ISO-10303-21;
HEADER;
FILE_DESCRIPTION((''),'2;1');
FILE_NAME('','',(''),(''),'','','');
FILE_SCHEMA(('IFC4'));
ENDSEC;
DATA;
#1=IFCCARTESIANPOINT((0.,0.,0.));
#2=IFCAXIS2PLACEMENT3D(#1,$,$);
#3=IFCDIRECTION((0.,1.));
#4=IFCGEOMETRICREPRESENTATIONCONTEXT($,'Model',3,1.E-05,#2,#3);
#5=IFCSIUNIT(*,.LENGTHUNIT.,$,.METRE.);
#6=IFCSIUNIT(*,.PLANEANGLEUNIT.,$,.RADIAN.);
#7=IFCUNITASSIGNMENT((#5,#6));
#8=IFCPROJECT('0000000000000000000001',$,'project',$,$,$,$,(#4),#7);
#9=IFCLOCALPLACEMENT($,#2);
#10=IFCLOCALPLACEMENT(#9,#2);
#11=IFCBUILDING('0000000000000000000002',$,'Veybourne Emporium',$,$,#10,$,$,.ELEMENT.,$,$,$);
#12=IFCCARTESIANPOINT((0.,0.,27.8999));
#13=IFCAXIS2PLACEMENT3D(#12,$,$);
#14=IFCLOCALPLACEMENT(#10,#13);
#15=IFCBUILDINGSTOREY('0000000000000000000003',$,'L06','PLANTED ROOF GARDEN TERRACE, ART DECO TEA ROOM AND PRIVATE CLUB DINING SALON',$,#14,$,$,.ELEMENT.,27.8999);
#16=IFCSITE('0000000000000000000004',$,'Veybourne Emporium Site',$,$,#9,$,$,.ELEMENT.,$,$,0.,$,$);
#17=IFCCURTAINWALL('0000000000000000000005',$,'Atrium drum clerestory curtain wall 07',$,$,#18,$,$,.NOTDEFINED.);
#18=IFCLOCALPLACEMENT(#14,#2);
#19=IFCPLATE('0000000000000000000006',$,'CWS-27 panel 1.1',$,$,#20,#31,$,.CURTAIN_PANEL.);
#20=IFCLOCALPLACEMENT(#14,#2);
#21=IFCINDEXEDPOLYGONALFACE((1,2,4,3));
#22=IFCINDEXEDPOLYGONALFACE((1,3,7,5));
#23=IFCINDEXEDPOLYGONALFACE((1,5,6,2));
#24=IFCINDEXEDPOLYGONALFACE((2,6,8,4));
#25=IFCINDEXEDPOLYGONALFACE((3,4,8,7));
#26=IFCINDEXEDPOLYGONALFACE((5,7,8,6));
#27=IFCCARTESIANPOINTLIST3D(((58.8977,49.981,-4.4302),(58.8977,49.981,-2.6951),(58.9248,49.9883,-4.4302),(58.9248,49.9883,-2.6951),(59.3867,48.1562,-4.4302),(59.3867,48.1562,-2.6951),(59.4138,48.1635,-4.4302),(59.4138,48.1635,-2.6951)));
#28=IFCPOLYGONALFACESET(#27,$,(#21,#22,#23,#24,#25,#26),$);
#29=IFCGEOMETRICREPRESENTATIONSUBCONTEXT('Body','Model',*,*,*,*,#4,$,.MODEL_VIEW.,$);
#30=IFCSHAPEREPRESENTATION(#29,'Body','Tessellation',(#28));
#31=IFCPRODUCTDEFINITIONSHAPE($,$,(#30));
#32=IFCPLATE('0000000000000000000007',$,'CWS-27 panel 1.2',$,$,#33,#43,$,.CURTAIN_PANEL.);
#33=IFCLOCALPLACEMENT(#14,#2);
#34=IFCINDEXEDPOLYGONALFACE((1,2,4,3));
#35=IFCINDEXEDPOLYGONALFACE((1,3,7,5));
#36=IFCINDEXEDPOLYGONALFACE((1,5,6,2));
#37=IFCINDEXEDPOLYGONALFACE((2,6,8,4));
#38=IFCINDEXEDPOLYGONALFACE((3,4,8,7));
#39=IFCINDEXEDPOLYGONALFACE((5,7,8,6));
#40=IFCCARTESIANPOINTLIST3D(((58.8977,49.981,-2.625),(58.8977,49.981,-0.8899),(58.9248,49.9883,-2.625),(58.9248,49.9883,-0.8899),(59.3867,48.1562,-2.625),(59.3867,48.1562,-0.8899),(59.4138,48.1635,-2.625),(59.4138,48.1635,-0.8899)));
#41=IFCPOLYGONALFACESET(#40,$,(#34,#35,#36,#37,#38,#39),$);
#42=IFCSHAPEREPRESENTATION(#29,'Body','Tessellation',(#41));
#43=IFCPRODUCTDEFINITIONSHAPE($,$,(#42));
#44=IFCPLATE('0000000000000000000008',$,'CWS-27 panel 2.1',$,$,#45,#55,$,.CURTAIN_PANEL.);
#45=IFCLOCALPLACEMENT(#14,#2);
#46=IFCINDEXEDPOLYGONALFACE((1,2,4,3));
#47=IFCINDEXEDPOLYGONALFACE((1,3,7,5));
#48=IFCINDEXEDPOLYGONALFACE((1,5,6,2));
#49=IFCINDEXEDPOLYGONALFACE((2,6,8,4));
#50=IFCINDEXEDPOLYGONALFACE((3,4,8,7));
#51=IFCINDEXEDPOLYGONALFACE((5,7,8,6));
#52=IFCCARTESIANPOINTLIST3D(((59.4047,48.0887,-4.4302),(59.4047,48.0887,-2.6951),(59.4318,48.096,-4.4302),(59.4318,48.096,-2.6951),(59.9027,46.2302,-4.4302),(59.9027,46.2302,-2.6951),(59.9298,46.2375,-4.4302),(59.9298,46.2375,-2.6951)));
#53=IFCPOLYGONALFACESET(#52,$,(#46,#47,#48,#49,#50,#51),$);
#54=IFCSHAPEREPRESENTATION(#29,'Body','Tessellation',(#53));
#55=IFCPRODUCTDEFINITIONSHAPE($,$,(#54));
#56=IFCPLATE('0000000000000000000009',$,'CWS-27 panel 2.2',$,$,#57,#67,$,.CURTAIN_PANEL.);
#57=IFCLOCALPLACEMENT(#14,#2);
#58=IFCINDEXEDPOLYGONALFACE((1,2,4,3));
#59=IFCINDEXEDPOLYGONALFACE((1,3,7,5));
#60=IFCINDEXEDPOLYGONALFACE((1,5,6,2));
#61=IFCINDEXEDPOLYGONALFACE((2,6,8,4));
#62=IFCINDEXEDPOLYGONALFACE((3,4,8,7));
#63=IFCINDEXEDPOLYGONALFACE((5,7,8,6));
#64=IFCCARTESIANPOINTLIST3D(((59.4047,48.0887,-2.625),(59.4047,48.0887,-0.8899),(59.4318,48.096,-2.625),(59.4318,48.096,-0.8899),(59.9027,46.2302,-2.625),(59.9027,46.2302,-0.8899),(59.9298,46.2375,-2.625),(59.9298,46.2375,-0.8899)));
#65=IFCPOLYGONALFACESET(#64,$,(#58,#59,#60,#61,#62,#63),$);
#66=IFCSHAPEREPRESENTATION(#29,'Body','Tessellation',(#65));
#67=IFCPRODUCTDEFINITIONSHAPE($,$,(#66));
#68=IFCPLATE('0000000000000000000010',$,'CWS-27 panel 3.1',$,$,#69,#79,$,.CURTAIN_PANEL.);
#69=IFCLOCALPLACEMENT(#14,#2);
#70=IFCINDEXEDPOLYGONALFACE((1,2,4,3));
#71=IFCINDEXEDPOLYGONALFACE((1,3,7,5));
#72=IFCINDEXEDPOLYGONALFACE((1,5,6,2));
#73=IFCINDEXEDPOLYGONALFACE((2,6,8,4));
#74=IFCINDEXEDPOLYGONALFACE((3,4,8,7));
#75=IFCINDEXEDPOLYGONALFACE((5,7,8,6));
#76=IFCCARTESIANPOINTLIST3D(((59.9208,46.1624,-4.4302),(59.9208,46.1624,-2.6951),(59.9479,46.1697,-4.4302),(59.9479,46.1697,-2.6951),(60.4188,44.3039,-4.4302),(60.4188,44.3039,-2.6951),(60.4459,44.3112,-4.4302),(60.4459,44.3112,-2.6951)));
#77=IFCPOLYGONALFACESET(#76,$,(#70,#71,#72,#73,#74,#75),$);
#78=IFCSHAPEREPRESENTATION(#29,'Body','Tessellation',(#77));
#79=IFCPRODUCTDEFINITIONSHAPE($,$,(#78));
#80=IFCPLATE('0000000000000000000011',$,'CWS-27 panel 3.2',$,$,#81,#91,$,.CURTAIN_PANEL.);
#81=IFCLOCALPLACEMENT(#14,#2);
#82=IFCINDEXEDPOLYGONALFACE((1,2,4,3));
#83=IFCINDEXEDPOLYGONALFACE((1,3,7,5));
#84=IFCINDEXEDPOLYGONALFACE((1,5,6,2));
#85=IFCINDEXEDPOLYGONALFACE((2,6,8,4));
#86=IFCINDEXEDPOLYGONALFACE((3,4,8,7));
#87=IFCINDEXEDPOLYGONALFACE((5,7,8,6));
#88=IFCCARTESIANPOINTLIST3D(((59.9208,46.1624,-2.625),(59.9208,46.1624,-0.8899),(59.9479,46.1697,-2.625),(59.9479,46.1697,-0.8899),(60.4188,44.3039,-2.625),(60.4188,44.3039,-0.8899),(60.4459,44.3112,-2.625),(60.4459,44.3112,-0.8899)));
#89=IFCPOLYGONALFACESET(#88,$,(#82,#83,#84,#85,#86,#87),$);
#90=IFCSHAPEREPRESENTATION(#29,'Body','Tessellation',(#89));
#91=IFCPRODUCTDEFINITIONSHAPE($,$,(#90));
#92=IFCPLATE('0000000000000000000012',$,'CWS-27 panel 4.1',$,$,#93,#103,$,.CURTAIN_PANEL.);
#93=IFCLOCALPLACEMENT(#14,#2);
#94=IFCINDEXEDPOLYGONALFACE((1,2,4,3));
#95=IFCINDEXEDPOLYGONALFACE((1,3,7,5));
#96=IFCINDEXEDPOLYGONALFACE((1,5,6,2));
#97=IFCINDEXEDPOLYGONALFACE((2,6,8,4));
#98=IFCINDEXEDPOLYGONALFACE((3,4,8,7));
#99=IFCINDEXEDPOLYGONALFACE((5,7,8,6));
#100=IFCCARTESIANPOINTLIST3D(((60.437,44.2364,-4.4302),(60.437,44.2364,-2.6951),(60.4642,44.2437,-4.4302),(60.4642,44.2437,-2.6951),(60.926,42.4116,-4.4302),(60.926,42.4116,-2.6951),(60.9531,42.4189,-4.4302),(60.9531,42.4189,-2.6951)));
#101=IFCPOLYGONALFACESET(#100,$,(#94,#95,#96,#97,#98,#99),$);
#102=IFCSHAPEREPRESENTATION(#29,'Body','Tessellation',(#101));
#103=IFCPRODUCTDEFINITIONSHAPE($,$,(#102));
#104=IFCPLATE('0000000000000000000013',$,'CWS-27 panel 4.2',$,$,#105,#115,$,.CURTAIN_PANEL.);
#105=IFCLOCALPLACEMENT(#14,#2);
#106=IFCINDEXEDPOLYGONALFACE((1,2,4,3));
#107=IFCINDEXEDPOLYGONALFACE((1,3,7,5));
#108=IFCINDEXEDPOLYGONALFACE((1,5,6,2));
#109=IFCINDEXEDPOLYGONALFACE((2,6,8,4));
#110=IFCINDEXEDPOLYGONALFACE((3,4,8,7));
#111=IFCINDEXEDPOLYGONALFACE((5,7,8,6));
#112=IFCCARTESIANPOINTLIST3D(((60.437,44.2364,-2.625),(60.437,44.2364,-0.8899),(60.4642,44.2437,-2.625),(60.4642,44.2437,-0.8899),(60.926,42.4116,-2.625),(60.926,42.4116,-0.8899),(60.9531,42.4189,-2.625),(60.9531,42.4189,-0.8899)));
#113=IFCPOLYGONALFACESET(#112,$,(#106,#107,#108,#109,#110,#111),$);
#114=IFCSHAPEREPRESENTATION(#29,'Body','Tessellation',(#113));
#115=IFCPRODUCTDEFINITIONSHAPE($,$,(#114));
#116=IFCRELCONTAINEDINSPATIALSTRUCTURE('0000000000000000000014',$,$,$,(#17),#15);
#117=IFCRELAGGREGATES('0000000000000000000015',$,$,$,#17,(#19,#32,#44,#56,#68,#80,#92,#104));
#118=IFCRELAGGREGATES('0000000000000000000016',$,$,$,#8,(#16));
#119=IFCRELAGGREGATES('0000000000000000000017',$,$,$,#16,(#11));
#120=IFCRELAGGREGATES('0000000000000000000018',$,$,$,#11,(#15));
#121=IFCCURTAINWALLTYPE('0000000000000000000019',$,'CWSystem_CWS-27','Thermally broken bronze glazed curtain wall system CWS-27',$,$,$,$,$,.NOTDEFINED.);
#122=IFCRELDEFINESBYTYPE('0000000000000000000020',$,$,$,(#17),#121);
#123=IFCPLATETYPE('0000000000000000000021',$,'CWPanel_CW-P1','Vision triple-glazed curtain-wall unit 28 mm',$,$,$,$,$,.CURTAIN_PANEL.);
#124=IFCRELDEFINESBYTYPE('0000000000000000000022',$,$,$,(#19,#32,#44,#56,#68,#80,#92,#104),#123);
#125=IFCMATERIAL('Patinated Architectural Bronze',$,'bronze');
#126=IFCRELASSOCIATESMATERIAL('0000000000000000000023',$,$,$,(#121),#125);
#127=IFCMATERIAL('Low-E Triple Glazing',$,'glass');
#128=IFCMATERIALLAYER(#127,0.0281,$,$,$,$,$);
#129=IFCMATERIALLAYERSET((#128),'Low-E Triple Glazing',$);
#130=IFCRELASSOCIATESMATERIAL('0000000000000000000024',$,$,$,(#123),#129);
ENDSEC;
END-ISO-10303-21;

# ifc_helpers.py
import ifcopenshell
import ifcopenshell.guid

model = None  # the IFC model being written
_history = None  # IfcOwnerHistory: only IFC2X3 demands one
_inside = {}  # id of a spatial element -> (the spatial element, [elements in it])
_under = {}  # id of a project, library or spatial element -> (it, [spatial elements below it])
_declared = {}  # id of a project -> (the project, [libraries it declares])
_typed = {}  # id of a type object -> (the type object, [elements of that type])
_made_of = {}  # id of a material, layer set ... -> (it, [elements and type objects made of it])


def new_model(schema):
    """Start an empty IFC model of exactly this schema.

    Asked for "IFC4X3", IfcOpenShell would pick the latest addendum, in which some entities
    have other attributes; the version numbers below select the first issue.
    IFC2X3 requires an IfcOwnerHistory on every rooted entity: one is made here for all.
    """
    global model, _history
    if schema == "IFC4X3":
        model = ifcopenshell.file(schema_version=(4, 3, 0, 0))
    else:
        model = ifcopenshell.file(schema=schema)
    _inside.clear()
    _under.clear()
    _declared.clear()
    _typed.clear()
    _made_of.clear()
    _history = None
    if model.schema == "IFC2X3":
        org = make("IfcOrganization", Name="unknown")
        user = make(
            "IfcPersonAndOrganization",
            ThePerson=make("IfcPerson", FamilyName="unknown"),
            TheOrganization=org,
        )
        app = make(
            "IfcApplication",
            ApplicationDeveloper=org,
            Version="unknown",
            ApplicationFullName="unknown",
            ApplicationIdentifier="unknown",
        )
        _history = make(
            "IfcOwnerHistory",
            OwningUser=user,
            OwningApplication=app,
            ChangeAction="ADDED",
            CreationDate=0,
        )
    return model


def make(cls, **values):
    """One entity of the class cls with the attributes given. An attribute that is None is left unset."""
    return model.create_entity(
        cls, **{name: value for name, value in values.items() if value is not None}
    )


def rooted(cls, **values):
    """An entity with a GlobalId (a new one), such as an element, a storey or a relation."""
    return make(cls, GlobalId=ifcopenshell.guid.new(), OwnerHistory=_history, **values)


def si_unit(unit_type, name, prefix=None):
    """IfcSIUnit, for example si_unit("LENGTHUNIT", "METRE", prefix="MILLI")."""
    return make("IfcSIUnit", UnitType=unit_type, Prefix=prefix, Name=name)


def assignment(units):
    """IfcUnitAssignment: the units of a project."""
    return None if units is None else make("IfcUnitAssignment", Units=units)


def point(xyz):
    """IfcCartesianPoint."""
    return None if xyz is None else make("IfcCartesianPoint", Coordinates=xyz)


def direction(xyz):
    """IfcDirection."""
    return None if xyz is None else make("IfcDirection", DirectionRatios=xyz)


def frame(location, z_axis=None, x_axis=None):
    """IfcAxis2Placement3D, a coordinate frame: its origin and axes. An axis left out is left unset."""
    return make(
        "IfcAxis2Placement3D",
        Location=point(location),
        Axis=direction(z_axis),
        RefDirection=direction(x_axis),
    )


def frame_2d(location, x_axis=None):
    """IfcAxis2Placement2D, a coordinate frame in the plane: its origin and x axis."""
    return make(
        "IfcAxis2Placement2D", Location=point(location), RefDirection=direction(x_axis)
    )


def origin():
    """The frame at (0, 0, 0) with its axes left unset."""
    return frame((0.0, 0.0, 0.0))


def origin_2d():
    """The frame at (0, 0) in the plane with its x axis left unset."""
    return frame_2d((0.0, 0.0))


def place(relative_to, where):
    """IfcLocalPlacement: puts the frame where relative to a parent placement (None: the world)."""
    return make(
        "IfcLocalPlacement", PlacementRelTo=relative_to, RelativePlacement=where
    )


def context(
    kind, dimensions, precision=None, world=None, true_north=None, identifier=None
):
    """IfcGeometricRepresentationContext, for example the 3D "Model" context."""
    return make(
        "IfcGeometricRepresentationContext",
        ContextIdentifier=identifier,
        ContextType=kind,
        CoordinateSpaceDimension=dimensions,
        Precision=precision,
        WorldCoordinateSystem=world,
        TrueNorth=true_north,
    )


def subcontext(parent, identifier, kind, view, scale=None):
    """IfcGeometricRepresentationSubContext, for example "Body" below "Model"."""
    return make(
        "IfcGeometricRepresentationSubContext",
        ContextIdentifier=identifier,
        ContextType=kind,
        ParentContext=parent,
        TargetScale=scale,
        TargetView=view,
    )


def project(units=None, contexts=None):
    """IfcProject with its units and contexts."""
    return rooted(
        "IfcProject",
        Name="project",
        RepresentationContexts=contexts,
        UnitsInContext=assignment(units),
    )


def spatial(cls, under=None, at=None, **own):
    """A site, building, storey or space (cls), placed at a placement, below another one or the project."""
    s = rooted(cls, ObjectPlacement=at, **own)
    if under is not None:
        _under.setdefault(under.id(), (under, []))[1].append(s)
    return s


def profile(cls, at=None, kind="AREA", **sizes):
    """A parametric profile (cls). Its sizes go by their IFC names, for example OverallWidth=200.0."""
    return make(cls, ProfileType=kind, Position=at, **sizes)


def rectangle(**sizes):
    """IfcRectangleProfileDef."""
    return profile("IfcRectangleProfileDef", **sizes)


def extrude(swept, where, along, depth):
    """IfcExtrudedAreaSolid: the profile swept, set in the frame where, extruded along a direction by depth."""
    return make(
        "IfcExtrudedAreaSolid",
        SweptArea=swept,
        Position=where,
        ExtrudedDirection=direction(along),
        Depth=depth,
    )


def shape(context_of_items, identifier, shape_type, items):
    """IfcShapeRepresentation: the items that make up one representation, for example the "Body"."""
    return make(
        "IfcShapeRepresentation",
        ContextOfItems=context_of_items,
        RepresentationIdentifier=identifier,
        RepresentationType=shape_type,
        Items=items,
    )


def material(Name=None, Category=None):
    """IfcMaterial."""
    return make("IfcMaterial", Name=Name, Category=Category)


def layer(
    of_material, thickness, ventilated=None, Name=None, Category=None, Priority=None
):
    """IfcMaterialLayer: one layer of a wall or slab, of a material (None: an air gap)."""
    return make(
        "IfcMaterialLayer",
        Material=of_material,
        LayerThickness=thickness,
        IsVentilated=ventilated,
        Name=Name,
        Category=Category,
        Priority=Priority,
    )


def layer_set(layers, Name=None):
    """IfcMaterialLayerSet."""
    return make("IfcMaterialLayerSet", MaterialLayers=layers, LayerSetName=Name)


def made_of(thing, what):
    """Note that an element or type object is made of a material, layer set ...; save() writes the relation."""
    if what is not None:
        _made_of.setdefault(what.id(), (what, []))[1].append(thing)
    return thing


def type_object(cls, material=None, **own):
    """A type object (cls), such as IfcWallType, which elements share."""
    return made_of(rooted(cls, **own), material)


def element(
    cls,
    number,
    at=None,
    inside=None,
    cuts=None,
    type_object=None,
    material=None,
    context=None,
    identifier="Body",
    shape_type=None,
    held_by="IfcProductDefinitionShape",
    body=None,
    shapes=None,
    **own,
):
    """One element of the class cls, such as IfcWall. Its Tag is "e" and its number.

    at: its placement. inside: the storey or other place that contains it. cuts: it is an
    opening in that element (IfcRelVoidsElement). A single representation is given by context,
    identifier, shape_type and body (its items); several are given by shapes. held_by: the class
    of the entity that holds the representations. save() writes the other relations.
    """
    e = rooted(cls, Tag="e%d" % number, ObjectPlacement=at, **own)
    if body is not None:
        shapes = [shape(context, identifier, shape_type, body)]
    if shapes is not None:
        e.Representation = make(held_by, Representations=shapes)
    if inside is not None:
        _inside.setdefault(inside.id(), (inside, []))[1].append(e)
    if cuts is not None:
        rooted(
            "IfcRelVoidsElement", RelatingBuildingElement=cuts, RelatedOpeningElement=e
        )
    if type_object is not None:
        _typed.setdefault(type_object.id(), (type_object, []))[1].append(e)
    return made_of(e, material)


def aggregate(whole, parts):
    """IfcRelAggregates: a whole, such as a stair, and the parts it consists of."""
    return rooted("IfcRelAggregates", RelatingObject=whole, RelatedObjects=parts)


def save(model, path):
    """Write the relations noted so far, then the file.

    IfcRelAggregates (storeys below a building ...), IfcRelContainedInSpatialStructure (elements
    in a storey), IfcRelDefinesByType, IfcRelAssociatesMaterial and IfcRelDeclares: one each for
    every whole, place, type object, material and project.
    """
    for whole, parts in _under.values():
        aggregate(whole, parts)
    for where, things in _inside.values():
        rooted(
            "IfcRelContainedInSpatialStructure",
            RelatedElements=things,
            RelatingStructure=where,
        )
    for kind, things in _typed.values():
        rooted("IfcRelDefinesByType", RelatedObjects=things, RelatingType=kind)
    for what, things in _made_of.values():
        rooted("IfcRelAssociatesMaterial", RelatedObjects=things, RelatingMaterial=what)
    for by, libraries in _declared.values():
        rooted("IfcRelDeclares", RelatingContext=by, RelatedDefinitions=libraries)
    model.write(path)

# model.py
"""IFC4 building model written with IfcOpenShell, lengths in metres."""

from ifc_helpers import new_model, si_unit, direction, frame, origin, origin_2d, place, context, subcontext, project, spatial, rectangle, extrude, material, layer, layer_set, type_object, element, aggregate, save


model = new_model("IFC4")

# Units and contexts
model_context = context("Model", 3, precision=1e-05, world=origin(), true_north=direction((0.0, 1.0)))
body_context = subcontext(model_context, "Body", "Model", "MODEL_VIEW")
ifc_project = project(units=[si_unit("LENGTHUNIT", "METRE"), si_unit("PLANEANGLEUNIT", "RADIAN")], contexts=[model_context])

# Site, building, storey
site_placement = place(None, origin())
site = spatial("IfcSite", under=ifc_project, at=site_placement, Name="Veybourne Emporium Site", CompositionType="ELEMENT", RefElevation=0.0)
building_placement = place(site_placement, origin())
building = spatial("IfcBuilding", under=site, at=building_placement, Name="Veybourne Emporium", CompositionType="ELEMENT")
storey_placement = place(building_placement, frame((0.0, 0.0, 27.8999)))
storey = spatial("IfcBuildingStorey", under=building, at=storey_placement, Name="L06", Description="PLANTED ROOF GARDEN TERRACE, ART DECO TEA ROOM AND PRIVATE CLUB DINING SALON", CompositionType="ELEMENT", Elevation=27.8999)

# Curtain wall
ifc_material_1 = material(Name="Patinated Architectural Bronze", Category="bronze")
curtain_wall_type_1 = type_object("IfcCurtainWallType", Name="CWSystem_CWS-27", Description="Thermally broken bronze glazed curtain wall system CWS-27", PredefinedType="NOTDEFINED", material=ifc_material_1)
curtain_wall_1_placement = place(storey_placement, origin())
curtain_wall_1 = element("IfcCurtainWall", 1, at=curtain_wall_1_placement, inside=storey, type_object=curtain_wall_type_1, Name="Atrium drum clerestory curtain wall 07", PredefinedType="NOTDEFINED")

# Plates
ifc_material_2 = material(Name="Low-E Triple Glazing", Category="glass")
ifc_layer = layer(ifc_material_2, 0.0281)
ifc_layer_set = layer_set([ifc_layer], Name="Low-E Triple Glazing")
plate_type = type_object("IfcPlateType", Name="CWPanel_CW-P1", Description="Vision triple-glazed curtain-wall unit 28 mm", PredefinedType="CURTAIN_PANEL", material=ifc_layer_set)
plate_1_placement = place(storey_placement, frame((59.1558, 49.0723, -4.4302), z_axis=(0.0, 0.0, 1.0), x_axis=(0.25882, -0.965926, 0.0)))
plate_1 = element("IfcPlate", 2, at=plate_1_placement, type_object=plate_type, Name="CWS-27 panel 1.1", PredefinedType="CURTAIN_PANEL", context=body_context, shape_type="SweptSolid", body=[
    extrude(rectangle(XDim=1.8892, YDim=0.0281, at=origin_2d()), origin(), (0.0, 0.0, 1.0), 1.7351),
])
plate_2_placement = place(storey_placement, frame((59.1558, 49.0723, -2.625), z_axis=(0.0, 0.0, 1.0), x_axis=(0.25882, -0.965926, 0.0)))
plate_2 = element("IfcPlate", 3, at=plate_2_placement, type_object=plate_type, Name="CWS-27 panel 1.2", PredefinedType="CURTAIN_PANEL", context=body_context, shape_type="SweptSolid", body=[
    extrude(rectangle(XDim=1.8892, YDim=0.0281, at=origin_2d()), origin(), (0.0, 0.0, 1.0), 1.7351),
])
plate_3_placement = place(storey_placement, frame((59.6672, 47.1631, -4.4302), z_axis=(0.0, 0.0, 1.0), x_axis=(0.25882, -0.965926, 0.0)))
plate_3 = element("IfcPlate", 4, at=plate_3_placement, type_object=plate_type, Name="CWS-27 panel 2.1", PredefinedType="CURTAIN_PANEL", context=body_context, shape_type="SweptSolid", body=[
    extrude(rectangle(XDim=1.9241, YDim=0.0281, at=origin_2d()), origin(), (0.0, 0.0, 1.0), 1.7351),
])
plate_4_placement = place(storey_placement, frame((59.6672, 47.1631, -2.625), z_axis=(0.0, 0.0, 1.0), x_axis=(0.25882, -0.965926, 0.0)))
plate_4 = element("IfcPlate", 5, at=plate_4_placement, type_object=plate_type, Name="CWS-27 panel 2.2", PredefinedType="CURTAIN_PANEL", context=body_context, shape_type="SweptSolid", body=[
    extrude(rectangle(XDim=1.9241, YDim=0.0281, at=origin_2d()), origin(), (0.0, 0.0, 1.0), 1.7351),
])
plate_5_placement = place(storey_placement, frame((60.1833, 45.2368, -4.4302), z_axis=(0.0, 0.0, 1.0), x_axis=(0.25882, -0.965926, 0.0)))
plate_5 = element("IfcPlate", 6, at=plate_5_placement, type_object=plate_type, Name="CWS-27 panel 3.1", PredefinedType="CURTAIN_PANEL", context=body_context, shape_type="SweptSolid", body=[
    extrude(rectangle(XDim=1.9241, YDim=0.0281, at=origin_2d()), origin(), (0.0, 0.0, 1.0), 1.7351),
])
plate_6_placement = place(storey_placement, frame((60.1833, 45.2368, -2.625), z_axis=(0.0, 0.0, 1.0), x_axis=(0.25882, -0.965926, 0.0)))
plate_6 = element("IfcPlate", 7, at=plate_6_placement, type_object=plate_type, Name="CWS-27 panel 3.2", PredefinedType="CURTAIN_PANEL", context=body_context, shape_type="SweptSolid", body=[
    extrude(rectangle(XDim=1.9241, YDim=0.0281, at=origin_2d()), origin(), (0.0, 0.0, 1.0), 1.7351),
])
plate_7_placement = place(storey_placement, frame((60.6951, 43.3276, -4.4302), z_axis=(0.0, 0.0, 1.0), x_axis=(0.25882, -0.965926, 0.0)))
plate_7 = element("IfcPlate", 8, at=plate_7_placement, type_object=plate_type, Name="CWS-27 panel 4.1", PredefinedType="CURTAIN_PANEL", context=body_context, shape_type="SweptSolid", body=[
    extrude(rectangle(XDim=1.8892, YDim=0.0281, at=origin_2d()), origin(), (0.0, 0.0, 1.0), 1.7351),
])
plate_8_placement = place(storey_placement, frame((60.6951, 43.3276, -2.625), z_axis=(0.0, 0.0, 1.0), x_axis=(0.25882, -0.965926, 0.0)))
plate_8 = element("IfcPlate", 9, at=plate_8_placement, type_object=plate_type, Name="CWS-27 panel 4.2", PredefinedType="CURTAIN_PANEL", context=body_context, shape_type="SweptSolid", body=[
    extrude(rectangle(XDim=1.8892, YDim=0.0281, at=origin_2d()), origin(), (0.0, 0.0, 1.0), 1.7351),
])
aggregate(curtain_wall_1, [plate_1, plate_2, plate_3, plate_4, plate_5, plate_6, plate_7, plate_8])

save(model, "model.ifc")
